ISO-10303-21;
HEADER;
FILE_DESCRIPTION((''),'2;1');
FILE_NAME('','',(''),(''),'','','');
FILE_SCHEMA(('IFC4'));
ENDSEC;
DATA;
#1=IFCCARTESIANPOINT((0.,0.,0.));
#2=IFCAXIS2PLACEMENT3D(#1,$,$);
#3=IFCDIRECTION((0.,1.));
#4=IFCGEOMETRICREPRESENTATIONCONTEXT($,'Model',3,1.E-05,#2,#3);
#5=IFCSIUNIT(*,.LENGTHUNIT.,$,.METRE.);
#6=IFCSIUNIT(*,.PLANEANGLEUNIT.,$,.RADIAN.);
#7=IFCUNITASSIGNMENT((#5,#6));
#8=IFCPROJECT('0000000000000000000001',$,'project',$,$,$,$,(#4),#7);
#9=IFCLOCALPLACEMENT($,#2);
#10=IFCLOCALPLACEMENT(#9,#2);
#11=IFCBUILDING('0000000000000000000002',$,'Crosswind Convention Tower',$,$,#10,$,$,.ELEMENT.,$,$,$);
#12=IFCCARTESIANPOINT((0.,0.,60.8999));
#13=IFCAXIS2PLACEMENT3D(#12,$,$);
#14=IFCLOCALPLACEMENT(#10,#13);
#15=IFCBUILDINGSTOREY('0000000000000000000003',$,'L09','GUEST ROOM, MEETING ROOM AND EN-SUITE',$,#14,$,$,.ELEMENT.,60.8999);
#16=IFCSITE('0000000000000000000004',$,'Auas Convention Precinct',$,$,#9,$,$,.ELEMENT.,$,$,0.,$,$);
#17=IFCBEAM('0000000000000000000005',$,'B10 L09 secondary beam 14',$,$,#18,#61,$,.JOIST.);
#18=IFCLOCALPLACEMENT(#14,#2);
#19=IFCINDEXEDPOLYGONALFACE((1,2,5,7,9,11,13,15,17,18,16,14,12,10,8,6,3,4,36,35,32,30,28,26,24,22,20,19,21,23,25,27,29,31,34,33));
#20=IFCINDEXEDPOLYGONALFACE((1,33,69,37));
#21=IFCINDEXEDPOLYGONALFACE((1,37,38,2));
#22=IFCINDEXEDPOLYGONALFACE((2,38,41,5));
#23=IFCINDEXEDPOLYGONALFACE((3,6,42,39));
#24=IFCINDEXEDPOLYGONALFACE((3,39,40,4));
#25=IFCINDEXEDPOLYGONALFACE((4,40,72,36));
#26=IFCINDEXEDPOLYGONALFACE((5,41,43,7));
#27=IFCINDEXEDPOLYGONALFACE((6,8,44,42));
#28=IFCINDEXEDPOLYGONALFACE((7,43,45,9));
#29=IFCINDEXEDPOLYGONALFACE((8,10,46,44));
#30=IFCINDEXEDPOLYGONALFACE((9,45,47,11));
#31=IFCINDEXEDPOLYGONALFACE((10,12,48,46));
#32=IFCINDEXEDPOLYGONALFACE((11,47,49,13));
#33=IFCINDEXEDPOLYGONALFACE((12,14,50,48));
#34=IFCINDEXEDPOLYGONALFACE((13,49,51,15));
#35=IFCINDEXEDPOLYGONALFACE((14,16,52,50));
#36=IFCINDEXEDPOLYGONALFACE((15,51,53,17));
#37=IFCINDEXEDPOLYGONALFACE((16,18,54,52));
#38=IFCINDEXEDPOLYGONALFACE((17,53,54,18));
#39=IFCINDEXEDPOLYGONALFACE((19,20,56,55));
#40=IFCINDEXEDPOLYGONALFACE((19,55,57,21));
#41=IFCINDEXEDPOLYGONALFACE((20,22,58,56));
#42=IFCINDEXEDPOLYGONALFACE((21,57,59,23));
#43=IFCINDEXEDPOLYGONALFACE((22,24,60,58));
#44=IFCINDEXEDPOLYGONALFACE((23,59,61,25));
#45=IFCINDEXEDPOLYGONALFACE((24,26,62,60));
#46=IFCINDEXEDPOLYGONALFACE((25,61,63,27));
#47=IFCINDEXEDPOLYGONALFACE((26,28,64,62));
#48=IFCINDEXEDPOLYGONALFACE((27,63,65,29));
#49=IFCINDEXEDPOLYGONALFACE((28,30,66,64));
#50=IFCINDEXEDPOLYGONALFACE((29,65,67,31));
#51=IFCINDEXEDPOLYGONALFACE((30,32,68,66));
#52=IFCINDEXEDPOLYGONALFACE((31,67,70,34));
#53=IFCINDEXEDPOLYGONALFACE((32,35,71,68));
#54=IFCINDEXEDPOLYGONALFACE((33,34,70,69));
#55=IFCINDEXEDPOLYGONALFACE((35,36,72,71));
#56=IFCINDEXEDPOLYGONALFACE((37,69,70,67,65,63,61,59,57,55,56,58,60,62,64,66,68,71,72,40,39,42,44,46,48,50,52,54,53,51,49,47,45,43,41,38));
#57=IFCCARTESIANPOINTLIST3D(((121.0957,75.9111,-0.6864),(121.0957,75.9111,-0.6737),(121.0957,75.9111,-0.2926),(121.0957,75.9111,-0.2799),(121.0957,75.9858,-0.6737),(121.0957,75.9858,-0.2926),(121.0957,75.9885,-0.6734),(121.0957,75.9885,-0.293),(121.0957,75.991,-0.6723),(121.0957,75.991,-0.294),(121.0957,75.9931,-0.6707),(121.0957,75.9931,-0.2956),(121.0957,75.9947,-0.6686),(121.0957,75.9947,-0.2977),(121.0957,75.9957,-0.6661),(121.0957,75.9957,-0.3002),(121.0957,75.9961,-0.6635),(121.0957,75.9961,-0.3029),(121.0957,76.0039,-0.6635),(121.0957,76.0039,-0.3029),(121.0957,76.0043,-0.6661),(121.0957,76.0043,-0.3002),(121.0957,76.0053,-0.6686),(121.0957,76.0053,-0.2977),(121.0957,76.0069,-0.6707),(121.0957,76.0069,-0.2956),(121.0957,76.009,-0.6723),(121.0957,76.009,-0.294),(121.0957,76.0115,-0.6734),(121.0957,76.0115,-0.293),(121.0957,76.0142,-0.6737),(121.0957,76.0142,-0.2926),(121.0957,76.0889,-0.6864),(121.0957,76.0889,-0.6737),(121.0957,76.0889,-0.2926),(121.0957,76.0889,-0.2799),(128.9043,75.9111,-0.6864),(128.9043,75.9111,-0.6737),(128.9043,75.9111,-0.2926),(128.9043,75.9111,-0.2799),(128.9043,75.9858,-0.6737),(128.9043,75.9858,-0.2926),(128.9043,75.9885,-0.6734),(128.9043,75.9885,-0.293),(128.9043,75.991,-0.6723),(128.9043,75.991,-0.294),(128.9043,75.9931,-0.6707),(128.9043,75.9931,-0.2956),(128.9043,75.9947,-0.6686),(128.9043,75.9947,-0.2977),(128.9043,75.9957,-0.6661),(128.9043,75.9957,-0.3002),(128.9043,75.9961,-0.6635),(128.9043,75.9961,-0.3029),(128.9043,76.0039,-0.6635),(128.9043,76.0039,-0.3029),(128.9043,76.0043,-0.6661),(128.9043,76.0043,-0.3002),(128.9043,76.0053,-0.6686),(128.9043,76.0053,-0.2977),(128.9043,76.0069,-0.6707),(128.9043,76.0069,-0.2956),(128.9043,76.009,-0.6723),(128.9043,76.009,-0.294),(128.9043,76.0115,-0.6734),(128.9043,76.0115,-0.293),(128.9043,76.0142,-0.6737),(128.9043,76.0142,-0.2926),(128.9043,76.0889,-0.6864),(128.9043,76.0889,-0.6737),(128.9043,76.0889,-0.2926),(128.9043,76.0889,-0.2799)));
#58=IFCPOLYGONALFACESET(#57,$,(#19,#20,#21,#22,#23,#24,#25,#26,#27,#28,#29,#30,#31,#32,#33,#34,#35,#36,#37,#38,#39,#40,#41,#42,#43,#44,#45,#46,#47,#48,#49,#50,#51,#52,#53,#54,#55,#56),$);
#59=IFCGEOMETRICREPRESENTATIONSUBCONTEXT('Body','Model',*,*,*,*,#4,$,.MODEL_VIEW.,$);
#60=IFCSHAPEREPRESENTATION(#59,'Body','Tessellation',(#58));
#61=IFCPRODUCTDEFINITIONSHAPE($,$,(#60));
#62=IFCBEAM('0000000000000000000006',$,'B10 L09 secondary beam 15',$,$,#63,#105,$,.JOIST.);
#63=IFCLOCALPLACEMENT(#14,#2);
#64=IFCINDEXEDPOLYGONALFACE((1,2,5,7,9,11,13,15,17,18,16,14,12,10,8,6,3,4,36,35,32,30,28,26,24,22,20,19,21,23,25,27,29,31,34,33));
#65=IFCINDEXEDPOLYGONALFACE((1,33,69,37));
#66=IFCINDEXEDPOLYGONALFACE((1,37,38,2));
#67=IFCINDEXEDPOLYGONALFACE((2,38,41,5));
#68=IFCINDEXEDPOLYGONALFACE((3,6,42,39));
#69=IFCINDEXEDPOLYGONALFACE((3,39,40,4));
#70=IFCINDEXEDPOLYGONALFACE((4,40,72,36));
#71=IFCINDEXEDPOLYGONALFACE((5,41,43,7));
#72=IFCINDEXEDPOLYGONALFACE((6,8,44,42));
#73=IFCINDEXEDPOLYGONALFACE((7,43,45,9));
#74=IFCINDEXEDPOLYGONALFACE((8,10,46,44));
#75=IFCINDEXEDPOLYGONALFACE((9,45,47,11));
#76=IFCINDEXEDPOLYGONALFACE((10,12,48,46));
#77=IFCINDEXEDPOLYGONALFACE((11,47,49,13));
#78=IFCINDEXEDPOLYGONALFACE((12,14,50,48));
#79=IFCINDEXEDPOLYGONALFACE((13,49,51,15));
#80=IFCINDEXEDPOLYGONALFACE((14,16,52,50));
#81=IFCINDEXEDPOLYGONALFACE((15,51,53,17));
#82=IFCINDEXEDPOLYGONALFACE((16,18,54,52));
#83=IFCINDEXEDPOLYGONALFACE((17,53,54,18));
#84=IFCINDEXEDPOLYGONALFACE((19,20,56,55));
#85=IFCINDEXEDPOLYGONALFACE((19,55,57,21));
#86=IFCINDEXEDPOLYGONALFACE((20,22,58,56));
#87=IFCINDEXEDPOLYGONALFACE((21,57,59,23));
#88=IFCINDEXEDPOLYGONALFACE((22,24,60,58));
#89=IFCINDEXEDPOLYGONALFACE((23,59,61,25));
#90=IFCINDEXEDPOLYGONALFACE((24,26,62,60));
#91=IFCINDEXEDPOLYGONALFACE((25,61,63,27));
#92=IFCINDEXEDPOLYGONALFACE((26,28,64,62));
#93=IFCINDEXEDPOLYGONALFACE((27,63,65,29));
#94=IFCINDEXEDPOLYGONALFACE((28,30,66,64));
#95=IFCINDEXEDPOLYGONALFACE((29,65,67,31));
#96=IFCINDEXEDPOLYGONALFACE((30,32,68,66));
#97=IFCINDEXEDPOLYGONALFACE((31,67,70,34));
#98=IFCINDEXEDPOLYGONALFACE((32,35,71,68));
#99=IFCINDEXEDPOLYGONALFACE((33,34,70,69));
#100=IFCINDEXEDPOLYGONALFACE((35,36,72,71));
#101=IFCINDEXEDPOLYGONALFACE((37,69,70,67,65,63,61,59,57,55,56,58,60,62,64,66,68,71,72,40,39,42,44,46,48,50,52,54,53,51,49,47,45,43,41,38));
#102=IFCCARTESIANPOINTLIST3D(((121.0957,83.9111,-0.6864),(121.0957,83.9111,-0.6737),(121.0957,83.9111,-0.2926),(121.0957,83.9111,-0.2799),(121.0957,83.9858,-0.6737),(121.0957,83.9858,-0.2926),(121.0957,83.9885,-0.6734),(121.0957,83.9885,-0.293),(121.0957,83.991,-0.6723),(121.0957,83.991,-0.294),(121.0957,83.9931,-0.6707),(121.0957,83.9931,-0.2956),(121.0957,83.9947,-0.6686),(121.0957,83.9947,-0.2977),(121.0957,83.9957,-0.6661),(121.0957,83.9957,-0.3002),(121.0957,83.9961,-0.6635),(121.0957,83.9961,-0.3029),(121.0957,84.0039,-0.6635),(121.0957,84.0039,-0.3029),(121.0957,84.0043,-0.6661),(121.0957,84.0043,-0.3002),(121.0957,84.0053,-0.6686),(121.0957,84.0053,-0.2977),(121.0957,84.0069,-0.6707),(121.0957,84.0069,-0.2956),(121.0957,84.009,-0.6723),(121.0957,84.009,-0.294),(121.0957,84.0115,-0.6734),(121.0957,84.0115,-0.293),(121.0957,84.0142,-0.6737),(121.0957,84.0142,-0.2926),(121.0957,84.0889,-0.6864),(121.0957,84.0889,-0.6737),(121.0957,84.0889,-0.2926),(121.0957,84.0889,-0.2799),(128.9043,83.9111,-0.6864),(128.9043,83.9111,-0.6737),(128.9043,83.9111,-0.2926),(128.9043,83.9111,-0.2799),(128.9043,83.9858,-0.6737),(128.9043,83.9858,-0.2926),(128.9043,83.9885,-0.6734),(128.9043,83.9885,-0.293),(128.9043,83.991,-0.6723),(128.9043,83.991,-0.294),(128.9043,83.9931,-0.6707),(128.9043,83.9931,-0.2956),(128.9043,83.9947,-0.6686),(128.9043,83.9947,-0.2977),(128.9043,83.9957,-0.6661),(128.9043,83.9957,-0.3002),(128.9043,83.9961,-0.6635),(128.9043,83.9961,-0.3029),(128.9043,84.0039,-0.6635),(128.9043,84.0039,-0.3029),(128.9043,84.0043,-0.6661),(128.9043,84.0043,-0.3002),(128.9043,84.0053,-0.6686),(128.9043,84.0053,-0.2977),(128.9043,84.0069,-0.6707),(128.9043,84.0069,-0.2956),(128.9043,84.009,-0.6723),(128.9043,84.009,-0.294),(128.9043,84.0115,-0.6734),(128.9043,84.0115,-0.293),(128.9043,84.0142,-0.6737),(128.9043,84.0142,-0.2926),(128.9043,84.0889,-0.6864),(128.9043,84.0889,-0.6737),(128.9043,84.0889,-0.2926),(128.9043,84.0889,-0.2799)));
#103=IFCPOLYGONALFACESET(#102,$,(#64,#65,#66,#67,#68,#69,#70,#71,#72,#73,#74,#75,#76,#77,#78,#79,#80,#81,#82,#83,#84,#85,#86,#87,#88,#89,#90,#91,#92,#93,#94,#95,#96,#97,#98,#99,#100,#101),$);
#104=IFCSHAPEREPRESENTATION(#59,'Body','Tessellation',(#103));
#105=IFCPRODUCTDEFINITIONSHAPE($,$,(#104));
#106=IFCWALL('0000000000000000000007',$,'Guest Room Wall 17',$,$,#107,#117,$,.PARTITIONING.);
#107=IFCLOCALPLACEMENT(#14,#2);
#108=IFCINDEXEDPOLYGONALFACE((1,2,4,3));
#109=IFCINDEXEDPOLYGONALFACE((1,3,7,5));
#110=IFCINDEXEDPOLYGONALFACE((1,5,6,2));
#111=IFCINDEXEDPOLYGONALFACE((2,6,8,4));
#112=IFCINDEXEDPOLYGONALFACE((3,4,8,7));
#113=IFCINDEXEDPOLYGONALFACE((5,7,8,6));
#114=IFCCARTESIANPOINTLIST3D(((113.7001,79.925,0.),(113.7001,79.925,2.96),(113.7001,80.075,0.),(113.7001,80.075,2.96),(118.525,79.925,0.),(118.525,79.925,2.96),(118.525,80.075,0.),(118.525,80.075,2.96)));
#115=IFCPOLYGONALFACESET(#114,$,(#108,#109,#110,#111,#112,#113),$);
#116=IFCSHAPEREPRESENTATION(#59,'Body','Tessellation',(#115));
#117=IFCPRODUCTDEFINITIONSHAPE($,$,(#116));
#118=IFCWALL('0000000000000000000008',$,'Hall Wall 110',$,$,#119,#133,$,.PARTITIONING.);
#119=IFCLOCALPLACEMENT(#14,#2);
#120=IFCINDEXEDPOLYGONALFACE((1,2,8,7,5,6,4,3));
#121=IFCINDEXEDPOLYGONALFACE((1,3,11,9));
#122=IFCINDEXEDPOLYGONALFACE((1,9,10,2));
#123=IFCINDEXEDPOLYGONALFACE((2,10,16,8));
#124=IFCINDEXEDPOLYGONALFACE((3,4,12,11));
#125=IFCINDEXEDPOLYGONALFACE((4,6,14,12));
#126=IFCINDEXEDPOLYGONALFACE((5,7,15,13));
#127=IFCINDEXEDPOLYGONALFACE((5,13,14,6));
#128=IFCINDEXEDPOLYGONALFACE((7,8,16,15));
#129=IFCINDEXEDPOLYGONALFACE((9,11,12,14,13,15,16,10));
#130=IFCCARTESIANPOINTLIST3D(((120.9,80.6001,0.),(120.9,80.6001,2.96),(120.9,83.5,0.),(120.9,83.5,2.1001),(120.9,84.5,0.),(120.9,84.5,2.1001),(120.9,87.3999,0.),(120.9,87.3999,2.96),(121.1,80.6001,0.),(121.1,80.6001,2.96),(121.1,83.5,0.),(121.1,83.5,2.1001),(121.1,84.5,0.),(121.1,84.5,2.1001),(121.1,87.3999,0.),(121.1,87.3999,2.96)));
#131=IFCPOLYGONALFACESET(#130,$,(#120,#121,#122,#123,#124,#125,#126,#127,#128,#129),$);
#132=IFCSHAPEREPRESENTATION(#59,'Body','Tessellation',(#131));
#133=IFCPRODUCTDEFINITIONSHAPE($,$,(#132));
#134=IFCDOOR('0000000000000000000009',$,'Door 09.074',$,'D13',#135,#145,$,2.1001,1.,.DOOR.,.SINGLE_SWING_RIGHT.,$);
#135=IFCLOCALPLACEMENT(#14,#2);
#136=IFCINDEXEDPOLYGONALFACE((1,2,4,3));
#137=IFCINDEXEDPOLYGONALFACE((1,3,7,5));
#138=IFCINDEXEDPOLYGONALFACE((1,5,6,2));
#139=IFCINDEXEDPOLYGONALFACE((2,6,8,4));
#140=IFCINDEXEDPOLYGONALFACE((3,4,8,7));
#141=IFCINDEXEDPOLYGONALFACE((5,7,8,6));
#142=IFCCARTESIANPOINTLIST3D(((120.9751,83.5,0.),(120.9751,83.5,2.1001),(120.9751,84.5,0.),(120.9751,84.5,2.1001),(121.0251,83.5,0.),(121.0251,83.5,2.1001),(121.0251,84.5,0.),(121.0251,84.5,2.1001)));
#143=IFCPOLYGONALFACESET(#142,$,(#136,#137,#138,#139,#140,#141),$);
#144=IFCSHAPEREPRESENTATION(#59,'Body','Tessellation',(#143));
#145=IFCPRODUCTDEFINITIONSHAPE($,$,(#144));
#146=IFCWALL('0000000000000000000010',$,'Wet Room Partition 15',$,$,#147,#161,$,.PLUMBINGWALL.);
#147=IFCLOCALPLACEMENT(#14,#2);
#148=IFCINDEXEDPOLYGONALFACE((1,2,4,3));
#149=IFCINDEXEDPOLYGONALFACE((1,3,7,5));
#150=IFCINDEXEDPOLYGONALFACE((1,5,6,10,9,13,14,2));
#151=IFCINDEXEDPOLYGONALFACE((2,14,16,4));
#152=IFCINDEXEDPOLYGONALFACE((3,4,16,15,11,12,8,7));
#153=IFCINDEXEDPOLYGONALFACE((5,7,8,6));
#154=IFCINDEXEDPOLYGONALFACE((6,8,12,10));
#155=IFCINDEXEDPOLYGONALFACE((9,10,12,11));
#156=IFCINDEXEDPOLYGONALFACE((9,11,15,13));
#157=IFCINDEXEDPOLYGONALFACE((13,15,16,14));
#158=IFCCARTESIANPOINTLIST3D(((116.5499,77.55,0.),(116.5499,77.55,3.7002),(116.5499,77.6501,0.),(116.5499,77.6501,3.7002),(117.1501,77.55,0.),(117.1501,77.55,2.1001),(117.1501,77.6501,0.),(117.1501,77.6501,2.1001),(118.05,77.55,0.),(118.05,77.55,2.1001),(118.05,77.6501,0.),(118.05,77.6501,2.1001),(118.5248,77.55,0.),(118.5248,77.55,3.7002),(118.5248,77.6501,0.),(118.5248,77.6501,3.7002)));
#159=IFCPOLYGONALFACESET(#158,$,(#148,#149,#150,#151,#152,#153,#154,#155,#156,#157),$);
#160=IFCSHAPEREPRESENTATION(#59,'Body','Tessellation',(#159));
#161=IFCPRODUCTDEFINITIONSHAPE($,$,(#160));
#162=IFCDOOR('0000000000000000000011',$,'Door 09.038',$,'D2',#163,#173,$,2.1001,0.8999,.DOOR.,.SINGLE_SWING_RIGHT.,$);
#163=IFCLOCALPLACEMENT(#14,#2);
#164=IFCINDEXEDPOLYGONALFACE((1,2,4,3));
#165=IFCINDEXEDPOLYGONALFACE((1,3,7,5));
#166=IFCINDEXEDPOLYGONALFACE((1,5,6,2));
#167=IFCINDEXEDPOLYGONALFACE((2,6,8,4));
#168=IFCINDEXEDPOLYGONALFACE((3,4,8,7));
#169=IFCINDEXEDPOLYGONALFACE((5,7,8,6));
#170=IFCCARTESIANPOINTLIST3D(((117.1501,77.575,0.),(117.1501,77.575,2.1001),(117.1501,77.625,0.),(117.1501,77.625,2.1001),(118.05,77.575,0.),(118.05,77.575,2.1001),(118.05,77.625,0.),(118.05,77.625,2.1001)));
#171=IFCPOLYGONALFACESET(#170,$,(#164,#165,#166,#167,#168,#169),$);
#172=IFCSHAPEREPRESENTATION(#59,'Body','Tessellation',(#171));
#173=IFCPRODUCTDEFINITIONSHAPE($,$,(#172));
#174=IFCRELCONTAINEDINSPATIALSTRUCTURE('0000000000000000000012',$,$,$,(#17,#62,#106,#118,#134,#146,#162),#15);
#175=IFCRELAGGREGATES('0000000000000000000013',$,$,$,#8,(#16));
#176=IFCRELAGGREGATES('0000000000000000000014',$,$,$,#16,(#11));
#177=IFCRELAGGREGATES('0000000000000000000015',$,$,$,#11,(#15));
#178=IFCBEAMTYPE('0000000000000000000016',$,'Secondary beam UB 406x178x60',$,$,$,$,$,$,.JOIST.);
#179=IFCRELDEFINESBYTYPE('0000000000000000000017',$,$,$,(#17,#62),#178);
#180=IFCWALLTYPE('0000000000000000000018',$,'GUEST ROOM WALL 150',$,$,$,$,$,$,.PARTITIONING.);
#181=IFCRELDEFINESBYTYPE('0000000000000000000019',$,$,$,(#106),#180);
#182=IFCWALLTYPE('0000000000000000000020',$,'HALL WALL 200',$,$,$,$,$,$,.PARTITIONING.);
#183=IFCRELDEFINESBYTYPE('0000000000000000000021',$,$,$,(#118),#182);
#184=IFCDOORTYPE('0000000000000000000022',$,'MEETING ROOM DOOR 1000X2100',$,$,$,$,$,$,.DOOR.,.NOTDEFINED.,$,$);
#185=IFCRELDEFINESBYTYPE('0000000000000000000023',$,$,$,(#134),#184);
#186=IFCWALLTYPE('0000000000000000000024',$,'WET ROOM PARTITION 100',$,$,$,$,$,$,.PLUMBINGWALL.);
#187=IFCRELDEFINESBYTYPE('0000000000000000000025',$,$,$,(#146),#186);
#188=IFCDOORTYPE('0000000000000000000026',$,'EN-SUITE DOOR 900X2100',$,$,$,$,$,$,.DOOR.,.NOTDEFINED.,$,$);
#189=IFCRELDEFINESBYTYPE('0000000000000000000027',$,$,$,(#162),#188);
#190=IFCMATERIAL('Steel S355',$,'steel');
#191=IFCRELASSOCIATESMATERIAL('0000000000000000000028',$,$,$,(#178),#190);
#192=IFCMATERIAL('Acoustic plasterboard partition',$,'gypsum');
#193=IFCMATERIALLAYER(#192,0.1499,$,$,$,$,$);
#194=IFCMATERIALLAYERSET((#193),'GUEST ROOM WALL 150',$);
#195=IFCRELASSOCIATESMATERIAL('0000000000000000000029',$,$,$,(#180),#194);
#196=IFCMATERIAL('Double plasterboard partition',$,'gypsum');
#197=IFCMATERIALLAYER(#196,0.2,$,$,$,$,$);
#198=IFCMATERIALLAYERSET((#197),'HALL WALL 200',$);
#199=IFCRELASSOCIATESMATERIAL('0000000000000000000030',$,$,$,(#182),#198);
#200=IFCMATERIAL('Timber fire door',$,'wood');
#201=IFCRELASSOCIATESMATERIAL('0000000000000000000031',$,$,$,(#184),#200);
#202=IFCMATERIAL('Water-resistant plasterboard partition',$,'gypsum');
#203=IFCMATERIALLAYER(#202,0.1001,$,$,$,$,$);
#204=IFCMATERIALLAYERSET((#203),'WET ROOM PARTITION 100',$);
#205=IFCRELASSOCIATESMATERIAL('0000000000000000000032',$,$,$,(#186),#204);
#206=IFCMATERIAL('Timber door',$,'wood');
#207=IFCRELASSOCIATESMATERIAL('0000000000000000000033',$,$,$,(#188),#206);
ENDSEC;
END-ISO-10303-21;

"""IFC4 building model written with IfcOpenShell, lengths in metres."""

from ifc_helpers import new_model, si_unit, direction, frame, frame_2d, origin, origin_2d, place, context, subcontext, project, spatial, rectangle, i_section, extrude, material, layer, layer_set, material_profile, profile_set, type_object, element, fill, save


model = new_model("IFC4")

# Units and contexts
model_context = context("Model", 3, precision=1e-05, world=origin(), true_north=direction((0.0, 1.0)))
body_context = subcontext(model_context, "Body", "Model", "MODEL_VIEW")
ifc_project = project(units=[si_unit("LENGTHUNIT", "METRE"), si_unit("PLANEANGLEUNIT", "RADIAN")], contexts=[model_context])

# Site, building, storey
site_placement = place(None, origin())
site = spatial("IfcSite", under=ifc_project, at=site_placement, Name="Auas Convention Precinct", CompositionType="ELEMENT", RefElevation=0.0)
building_placement = place(site_placement, origin())
building = spatial("IfcBuilding", under=site, at=building_placement, Name="Crosswind Convention Tower", CompositionType="ELEMENT")
storey_placement = place(building_placement, frame((0.0, 0.0, 60.8999)))
storey = spatial("IfcBuildingStorey", under=building, at=storey_placement, Name="L09", Description="GUEST ROOM, MEETING ROOM AND EN-SUITE", CompositionType="ELEMENT", Elevation=60.8999)

# Beams
ifc_material_1 = material(Name="Steel S355", Category="steel")
ifc_material_profile_1 = material_profile(ifc_material_1, i_section(OverallWidth=0.1777, OverallDepth=0.4065, WebThickness=0.0078, FlangeThickness=0.0127, FilletRadius=0.0103, at=origin_2d()), Name="UB 406x178x60")
ifc_profile_set_1 = profile_set([ifc_material_profile_1], Name="Steel S355")
beam_type_1 = type_object("IfcBeamType", Name="Secondary beam UB 406x178x60", PredefinedType="JOIST", material=ifc_profile_set_1)
for number, where, z_axis, x_axis, name in (
    (1, (121.0957, 76.0, -0.4832), (1.0, 0.0, 0.0), (0.0, 1.0, 0.0), "B10 L09 secondary beam 14"),
    (2, (121.0957, 84.0, -0.4832), (1.0, 0.0, 0.0), (0.0, 1.0, 0.0), "B10 L09 secondary beam 15"),
):
    element("IfcBeam", number, at=place(storey_placement, frame(where, z_axis=z_axis, x_axis=x_axis)), inside=storey, type_object=beam_type_1, Name=name, PredefinedType="JOIST", context=body_context, shape_type="SweptSolid", body=[
        extrude(i_section(OverallWidth=0.1777, OverallDepth=0.4065, WebThickness=0.0078, FlangeThickness=0.0127, FilletRadius=0.0103, at=origin_2d()), origin(), (0.0, 0.0, 1.0), 7.8086),
    ])

# Wall
ifc_material_2 = material(Name="Acoustic plasterboard partition", Category="gypsum")
ifc_layer_1 = layer(ifc_material_2, 0.1499)
ifc_layer_set_1 = layer_set([ifc_layer_1], Name="GUEST ROOM WALL 150")
wall_type_1 = type_object("IfcWallType", Name="GUEST ROOM WALL 150", PredefinedType="PARTITIONING", material=ifc_layer_set_1)
wall_1_placement = place(storey_placement, frame((113.7, 80.0, 0.0), z_axis=(0.0, 0.0, 1.0), x_axis=(1.0, 0.0, 0.0)))
element("IfcWall", 3, at=wall_1_placement, inside=storey, type_object=wall_type_1, Name="Guest Room Wall 17", PredefinedType="PARTITIONING", context=body_context, shape_type="SweptSolid", body=[
    extrude(rectangle(XDim=4.825, YDim=0.1499, at=frame_2d((2.4126, 0.0))), origin(), (0.0, 0.0, 1.0), 2.96),
])

# Walls, openings, doors
ifc_material_3 = material(Name="Double plasterboard partition", Category="gypsum")
ifc_layer_2 = layer(ifc_material_3, 0.2)
ifc_layer_set_2 = layer_set([ifc_layer_2], Name="HALL WALL 200")
wall_type_2 = type_object("IfcWallType", Name="HALL WALL 200", PredefinedType="PARTITIONING", material=ifc_layer_set_2)
wall_2_placement = place(storey_placement, frame((121.0, 80.6001, 0.0), z_axis=(0.0, 0.0, 1.0), x_axis=(0.0, 1.0, 0.0)))
wall_2 = element("IfcWall", 4, at=wall_2_placement, inside=storey, type_object=wall_type_2, Name="Hall Wall 110", PredefinedType="PARTITIONING", context=body_context, shape_type="SweptSolid", body=[
    extrude(rectangle(XDim=6.7998, YDim=0.2, at=frame_2d((3.3999, 0.0))), origin(), (0.0, 0.0, 1.0), 2.96),
])
opening_1_placement = place(wall_2_placement, frame((2.8999, 0.0, 0.0)))
opening_1 = element("IfcOpeningElement", 5, at=opening_1_placement, cuts=wall_2, PredefinedType="OPENING", context=body_context, shape_type="SweptSolid", body=[
    extrude(rectangle(XDim=1.0, YDim=2.1001, at=frame_2d((0.5, 1.05))), frame((0.0, 0.1099, 0.0), z_axis=(0.0, -1.0, 0.0), x_axis=(1.0, 0.0, 0.0)), (0.0, 0.0, 1.0), 0.22),
])
ifc_material_4 = material(Name="Timber fire door", Category="wood")
door_type_1 = type_object("IfcDoorType", Name="MEETING ROOM DOOR 1000X2100", OperationType="NOTDEFINED", PredefinedType="DOOR", material=ifc_material_4)
door_1_placement = place(opening_1_placement, origin())
door_1 = element("IfcDoor", 6, at=door_1_placement, inside=storey, type_object=door_type_1, Name="Door 09.074", ObjectType="D13", OperationType="SINGLE_SWING_RIGHT", OverallHeight=2.1001, OverallWidth=1.0, PredefinedType="DOOR", context=body_context, shape_type="SweptSolid", body=[
    extrude(rectangle(XDim=1.0, YDim=2.1001, at=frame_2d((0.5, 1.05))), frame((0.0, 0.0249, 0.0), z_axis=(0.0, -1.0, 0.0), x_axis=(1.0, 0.0, 0.0)), (0.0, 0.0, 1.0), 0.05),
])
fill(opening_1, door_1)
ifc_material_5 = material(Name="Water-resistant plasterboard partition", Category="gypsum")
ifc_layer_3 = layer(ifc_material_5, 0.1001)
ifc_layer_set_3 = layer_set([ifc_layer_3], Name="WET ROOM PARTITION 100")
wall_type_3 = type_object("IfcWallType", Name="WET ROOM PARTITION 100", PredefinedType="PLUMBINGWALL", material=ifc_layer_set_3)
wall_3_placement = place(storey_placement, frame((116.55, 77.6001, 0.0), z_axis=(0.0, 0.0, 1.0), x_axis=(1.0, 0.0, 0.0)))
wall_3 = element("IfcWall", 7, at=wall_3_placement, inside=storey, type_object=wall_type_3, Name="Wet Room Partition 15", PredefinedType="PLUMBINGWALL", context=body_context, shape_type="SweptSolid", body=[
    extrude(rectangle(XDim=1.9749, YDim=0.1001, at=frame_2d((0.9873, 0.0))), origin(), (0.0, 0.0, 1.0), 3.7002),
])
opening_2_placement = place(wall_3_placement, frame((0.6001, 0.0, 0.0)))
opening_2 = element("IfcOpeningElement", 8, at=opening_2_placement, cuts=wall_3, PredefinedType="OPENING", context=body_context, shape_type="SweptSolid", body=[
    extrude(rectangle(XDim=0.8999, YDim=2.1001, at=frame_2d((0.45, 1.05))), frame((0.0, 0.0601, 0.0), z_axis=(0.0, -1.0, 0.0), x_axis=(1.0, 0.0, 0.0)), (0.0, 0.0, 1.0), 0.1201),
])
ifc_material_6 = material(Name="Timber door", Category="wood")
door_type_2 = type_object("IfcDoorType", Name="EN-SUITE DOOR 900X2100", OperationType="NOTDEFINED", PredefinedType="DOOR", material=ifc_material_6)
door_2_placement = place(opening_2_placement, origin())
door_2 = element("IfcDoor", 9, at=door_2_placement, inside=storey, type_object=door_type_2, Name="Door 09.038", ObjectType="D2", OperationType="SINGLE_SWING_RIGHT", OverallHeight=2.1001, OverallWidth=0.8999, PredefinedType="DOOR", context=body_context, shape_type="SweptSolid", body=[
    extrude(rectangle(XDim=0.8999, YDim=2.1001, at=frame_2d((0.45, 1.05))), frame((0.0, 0.0249, 0.0), z_axis=(0.0, -1.0, 0.0), x_axis=(1.0, 0.0, 0.0)), (0.0, 0.0, 1.0), 0.05),
])
fill(opening_2, door_2)

save(model, "model.ifc")
